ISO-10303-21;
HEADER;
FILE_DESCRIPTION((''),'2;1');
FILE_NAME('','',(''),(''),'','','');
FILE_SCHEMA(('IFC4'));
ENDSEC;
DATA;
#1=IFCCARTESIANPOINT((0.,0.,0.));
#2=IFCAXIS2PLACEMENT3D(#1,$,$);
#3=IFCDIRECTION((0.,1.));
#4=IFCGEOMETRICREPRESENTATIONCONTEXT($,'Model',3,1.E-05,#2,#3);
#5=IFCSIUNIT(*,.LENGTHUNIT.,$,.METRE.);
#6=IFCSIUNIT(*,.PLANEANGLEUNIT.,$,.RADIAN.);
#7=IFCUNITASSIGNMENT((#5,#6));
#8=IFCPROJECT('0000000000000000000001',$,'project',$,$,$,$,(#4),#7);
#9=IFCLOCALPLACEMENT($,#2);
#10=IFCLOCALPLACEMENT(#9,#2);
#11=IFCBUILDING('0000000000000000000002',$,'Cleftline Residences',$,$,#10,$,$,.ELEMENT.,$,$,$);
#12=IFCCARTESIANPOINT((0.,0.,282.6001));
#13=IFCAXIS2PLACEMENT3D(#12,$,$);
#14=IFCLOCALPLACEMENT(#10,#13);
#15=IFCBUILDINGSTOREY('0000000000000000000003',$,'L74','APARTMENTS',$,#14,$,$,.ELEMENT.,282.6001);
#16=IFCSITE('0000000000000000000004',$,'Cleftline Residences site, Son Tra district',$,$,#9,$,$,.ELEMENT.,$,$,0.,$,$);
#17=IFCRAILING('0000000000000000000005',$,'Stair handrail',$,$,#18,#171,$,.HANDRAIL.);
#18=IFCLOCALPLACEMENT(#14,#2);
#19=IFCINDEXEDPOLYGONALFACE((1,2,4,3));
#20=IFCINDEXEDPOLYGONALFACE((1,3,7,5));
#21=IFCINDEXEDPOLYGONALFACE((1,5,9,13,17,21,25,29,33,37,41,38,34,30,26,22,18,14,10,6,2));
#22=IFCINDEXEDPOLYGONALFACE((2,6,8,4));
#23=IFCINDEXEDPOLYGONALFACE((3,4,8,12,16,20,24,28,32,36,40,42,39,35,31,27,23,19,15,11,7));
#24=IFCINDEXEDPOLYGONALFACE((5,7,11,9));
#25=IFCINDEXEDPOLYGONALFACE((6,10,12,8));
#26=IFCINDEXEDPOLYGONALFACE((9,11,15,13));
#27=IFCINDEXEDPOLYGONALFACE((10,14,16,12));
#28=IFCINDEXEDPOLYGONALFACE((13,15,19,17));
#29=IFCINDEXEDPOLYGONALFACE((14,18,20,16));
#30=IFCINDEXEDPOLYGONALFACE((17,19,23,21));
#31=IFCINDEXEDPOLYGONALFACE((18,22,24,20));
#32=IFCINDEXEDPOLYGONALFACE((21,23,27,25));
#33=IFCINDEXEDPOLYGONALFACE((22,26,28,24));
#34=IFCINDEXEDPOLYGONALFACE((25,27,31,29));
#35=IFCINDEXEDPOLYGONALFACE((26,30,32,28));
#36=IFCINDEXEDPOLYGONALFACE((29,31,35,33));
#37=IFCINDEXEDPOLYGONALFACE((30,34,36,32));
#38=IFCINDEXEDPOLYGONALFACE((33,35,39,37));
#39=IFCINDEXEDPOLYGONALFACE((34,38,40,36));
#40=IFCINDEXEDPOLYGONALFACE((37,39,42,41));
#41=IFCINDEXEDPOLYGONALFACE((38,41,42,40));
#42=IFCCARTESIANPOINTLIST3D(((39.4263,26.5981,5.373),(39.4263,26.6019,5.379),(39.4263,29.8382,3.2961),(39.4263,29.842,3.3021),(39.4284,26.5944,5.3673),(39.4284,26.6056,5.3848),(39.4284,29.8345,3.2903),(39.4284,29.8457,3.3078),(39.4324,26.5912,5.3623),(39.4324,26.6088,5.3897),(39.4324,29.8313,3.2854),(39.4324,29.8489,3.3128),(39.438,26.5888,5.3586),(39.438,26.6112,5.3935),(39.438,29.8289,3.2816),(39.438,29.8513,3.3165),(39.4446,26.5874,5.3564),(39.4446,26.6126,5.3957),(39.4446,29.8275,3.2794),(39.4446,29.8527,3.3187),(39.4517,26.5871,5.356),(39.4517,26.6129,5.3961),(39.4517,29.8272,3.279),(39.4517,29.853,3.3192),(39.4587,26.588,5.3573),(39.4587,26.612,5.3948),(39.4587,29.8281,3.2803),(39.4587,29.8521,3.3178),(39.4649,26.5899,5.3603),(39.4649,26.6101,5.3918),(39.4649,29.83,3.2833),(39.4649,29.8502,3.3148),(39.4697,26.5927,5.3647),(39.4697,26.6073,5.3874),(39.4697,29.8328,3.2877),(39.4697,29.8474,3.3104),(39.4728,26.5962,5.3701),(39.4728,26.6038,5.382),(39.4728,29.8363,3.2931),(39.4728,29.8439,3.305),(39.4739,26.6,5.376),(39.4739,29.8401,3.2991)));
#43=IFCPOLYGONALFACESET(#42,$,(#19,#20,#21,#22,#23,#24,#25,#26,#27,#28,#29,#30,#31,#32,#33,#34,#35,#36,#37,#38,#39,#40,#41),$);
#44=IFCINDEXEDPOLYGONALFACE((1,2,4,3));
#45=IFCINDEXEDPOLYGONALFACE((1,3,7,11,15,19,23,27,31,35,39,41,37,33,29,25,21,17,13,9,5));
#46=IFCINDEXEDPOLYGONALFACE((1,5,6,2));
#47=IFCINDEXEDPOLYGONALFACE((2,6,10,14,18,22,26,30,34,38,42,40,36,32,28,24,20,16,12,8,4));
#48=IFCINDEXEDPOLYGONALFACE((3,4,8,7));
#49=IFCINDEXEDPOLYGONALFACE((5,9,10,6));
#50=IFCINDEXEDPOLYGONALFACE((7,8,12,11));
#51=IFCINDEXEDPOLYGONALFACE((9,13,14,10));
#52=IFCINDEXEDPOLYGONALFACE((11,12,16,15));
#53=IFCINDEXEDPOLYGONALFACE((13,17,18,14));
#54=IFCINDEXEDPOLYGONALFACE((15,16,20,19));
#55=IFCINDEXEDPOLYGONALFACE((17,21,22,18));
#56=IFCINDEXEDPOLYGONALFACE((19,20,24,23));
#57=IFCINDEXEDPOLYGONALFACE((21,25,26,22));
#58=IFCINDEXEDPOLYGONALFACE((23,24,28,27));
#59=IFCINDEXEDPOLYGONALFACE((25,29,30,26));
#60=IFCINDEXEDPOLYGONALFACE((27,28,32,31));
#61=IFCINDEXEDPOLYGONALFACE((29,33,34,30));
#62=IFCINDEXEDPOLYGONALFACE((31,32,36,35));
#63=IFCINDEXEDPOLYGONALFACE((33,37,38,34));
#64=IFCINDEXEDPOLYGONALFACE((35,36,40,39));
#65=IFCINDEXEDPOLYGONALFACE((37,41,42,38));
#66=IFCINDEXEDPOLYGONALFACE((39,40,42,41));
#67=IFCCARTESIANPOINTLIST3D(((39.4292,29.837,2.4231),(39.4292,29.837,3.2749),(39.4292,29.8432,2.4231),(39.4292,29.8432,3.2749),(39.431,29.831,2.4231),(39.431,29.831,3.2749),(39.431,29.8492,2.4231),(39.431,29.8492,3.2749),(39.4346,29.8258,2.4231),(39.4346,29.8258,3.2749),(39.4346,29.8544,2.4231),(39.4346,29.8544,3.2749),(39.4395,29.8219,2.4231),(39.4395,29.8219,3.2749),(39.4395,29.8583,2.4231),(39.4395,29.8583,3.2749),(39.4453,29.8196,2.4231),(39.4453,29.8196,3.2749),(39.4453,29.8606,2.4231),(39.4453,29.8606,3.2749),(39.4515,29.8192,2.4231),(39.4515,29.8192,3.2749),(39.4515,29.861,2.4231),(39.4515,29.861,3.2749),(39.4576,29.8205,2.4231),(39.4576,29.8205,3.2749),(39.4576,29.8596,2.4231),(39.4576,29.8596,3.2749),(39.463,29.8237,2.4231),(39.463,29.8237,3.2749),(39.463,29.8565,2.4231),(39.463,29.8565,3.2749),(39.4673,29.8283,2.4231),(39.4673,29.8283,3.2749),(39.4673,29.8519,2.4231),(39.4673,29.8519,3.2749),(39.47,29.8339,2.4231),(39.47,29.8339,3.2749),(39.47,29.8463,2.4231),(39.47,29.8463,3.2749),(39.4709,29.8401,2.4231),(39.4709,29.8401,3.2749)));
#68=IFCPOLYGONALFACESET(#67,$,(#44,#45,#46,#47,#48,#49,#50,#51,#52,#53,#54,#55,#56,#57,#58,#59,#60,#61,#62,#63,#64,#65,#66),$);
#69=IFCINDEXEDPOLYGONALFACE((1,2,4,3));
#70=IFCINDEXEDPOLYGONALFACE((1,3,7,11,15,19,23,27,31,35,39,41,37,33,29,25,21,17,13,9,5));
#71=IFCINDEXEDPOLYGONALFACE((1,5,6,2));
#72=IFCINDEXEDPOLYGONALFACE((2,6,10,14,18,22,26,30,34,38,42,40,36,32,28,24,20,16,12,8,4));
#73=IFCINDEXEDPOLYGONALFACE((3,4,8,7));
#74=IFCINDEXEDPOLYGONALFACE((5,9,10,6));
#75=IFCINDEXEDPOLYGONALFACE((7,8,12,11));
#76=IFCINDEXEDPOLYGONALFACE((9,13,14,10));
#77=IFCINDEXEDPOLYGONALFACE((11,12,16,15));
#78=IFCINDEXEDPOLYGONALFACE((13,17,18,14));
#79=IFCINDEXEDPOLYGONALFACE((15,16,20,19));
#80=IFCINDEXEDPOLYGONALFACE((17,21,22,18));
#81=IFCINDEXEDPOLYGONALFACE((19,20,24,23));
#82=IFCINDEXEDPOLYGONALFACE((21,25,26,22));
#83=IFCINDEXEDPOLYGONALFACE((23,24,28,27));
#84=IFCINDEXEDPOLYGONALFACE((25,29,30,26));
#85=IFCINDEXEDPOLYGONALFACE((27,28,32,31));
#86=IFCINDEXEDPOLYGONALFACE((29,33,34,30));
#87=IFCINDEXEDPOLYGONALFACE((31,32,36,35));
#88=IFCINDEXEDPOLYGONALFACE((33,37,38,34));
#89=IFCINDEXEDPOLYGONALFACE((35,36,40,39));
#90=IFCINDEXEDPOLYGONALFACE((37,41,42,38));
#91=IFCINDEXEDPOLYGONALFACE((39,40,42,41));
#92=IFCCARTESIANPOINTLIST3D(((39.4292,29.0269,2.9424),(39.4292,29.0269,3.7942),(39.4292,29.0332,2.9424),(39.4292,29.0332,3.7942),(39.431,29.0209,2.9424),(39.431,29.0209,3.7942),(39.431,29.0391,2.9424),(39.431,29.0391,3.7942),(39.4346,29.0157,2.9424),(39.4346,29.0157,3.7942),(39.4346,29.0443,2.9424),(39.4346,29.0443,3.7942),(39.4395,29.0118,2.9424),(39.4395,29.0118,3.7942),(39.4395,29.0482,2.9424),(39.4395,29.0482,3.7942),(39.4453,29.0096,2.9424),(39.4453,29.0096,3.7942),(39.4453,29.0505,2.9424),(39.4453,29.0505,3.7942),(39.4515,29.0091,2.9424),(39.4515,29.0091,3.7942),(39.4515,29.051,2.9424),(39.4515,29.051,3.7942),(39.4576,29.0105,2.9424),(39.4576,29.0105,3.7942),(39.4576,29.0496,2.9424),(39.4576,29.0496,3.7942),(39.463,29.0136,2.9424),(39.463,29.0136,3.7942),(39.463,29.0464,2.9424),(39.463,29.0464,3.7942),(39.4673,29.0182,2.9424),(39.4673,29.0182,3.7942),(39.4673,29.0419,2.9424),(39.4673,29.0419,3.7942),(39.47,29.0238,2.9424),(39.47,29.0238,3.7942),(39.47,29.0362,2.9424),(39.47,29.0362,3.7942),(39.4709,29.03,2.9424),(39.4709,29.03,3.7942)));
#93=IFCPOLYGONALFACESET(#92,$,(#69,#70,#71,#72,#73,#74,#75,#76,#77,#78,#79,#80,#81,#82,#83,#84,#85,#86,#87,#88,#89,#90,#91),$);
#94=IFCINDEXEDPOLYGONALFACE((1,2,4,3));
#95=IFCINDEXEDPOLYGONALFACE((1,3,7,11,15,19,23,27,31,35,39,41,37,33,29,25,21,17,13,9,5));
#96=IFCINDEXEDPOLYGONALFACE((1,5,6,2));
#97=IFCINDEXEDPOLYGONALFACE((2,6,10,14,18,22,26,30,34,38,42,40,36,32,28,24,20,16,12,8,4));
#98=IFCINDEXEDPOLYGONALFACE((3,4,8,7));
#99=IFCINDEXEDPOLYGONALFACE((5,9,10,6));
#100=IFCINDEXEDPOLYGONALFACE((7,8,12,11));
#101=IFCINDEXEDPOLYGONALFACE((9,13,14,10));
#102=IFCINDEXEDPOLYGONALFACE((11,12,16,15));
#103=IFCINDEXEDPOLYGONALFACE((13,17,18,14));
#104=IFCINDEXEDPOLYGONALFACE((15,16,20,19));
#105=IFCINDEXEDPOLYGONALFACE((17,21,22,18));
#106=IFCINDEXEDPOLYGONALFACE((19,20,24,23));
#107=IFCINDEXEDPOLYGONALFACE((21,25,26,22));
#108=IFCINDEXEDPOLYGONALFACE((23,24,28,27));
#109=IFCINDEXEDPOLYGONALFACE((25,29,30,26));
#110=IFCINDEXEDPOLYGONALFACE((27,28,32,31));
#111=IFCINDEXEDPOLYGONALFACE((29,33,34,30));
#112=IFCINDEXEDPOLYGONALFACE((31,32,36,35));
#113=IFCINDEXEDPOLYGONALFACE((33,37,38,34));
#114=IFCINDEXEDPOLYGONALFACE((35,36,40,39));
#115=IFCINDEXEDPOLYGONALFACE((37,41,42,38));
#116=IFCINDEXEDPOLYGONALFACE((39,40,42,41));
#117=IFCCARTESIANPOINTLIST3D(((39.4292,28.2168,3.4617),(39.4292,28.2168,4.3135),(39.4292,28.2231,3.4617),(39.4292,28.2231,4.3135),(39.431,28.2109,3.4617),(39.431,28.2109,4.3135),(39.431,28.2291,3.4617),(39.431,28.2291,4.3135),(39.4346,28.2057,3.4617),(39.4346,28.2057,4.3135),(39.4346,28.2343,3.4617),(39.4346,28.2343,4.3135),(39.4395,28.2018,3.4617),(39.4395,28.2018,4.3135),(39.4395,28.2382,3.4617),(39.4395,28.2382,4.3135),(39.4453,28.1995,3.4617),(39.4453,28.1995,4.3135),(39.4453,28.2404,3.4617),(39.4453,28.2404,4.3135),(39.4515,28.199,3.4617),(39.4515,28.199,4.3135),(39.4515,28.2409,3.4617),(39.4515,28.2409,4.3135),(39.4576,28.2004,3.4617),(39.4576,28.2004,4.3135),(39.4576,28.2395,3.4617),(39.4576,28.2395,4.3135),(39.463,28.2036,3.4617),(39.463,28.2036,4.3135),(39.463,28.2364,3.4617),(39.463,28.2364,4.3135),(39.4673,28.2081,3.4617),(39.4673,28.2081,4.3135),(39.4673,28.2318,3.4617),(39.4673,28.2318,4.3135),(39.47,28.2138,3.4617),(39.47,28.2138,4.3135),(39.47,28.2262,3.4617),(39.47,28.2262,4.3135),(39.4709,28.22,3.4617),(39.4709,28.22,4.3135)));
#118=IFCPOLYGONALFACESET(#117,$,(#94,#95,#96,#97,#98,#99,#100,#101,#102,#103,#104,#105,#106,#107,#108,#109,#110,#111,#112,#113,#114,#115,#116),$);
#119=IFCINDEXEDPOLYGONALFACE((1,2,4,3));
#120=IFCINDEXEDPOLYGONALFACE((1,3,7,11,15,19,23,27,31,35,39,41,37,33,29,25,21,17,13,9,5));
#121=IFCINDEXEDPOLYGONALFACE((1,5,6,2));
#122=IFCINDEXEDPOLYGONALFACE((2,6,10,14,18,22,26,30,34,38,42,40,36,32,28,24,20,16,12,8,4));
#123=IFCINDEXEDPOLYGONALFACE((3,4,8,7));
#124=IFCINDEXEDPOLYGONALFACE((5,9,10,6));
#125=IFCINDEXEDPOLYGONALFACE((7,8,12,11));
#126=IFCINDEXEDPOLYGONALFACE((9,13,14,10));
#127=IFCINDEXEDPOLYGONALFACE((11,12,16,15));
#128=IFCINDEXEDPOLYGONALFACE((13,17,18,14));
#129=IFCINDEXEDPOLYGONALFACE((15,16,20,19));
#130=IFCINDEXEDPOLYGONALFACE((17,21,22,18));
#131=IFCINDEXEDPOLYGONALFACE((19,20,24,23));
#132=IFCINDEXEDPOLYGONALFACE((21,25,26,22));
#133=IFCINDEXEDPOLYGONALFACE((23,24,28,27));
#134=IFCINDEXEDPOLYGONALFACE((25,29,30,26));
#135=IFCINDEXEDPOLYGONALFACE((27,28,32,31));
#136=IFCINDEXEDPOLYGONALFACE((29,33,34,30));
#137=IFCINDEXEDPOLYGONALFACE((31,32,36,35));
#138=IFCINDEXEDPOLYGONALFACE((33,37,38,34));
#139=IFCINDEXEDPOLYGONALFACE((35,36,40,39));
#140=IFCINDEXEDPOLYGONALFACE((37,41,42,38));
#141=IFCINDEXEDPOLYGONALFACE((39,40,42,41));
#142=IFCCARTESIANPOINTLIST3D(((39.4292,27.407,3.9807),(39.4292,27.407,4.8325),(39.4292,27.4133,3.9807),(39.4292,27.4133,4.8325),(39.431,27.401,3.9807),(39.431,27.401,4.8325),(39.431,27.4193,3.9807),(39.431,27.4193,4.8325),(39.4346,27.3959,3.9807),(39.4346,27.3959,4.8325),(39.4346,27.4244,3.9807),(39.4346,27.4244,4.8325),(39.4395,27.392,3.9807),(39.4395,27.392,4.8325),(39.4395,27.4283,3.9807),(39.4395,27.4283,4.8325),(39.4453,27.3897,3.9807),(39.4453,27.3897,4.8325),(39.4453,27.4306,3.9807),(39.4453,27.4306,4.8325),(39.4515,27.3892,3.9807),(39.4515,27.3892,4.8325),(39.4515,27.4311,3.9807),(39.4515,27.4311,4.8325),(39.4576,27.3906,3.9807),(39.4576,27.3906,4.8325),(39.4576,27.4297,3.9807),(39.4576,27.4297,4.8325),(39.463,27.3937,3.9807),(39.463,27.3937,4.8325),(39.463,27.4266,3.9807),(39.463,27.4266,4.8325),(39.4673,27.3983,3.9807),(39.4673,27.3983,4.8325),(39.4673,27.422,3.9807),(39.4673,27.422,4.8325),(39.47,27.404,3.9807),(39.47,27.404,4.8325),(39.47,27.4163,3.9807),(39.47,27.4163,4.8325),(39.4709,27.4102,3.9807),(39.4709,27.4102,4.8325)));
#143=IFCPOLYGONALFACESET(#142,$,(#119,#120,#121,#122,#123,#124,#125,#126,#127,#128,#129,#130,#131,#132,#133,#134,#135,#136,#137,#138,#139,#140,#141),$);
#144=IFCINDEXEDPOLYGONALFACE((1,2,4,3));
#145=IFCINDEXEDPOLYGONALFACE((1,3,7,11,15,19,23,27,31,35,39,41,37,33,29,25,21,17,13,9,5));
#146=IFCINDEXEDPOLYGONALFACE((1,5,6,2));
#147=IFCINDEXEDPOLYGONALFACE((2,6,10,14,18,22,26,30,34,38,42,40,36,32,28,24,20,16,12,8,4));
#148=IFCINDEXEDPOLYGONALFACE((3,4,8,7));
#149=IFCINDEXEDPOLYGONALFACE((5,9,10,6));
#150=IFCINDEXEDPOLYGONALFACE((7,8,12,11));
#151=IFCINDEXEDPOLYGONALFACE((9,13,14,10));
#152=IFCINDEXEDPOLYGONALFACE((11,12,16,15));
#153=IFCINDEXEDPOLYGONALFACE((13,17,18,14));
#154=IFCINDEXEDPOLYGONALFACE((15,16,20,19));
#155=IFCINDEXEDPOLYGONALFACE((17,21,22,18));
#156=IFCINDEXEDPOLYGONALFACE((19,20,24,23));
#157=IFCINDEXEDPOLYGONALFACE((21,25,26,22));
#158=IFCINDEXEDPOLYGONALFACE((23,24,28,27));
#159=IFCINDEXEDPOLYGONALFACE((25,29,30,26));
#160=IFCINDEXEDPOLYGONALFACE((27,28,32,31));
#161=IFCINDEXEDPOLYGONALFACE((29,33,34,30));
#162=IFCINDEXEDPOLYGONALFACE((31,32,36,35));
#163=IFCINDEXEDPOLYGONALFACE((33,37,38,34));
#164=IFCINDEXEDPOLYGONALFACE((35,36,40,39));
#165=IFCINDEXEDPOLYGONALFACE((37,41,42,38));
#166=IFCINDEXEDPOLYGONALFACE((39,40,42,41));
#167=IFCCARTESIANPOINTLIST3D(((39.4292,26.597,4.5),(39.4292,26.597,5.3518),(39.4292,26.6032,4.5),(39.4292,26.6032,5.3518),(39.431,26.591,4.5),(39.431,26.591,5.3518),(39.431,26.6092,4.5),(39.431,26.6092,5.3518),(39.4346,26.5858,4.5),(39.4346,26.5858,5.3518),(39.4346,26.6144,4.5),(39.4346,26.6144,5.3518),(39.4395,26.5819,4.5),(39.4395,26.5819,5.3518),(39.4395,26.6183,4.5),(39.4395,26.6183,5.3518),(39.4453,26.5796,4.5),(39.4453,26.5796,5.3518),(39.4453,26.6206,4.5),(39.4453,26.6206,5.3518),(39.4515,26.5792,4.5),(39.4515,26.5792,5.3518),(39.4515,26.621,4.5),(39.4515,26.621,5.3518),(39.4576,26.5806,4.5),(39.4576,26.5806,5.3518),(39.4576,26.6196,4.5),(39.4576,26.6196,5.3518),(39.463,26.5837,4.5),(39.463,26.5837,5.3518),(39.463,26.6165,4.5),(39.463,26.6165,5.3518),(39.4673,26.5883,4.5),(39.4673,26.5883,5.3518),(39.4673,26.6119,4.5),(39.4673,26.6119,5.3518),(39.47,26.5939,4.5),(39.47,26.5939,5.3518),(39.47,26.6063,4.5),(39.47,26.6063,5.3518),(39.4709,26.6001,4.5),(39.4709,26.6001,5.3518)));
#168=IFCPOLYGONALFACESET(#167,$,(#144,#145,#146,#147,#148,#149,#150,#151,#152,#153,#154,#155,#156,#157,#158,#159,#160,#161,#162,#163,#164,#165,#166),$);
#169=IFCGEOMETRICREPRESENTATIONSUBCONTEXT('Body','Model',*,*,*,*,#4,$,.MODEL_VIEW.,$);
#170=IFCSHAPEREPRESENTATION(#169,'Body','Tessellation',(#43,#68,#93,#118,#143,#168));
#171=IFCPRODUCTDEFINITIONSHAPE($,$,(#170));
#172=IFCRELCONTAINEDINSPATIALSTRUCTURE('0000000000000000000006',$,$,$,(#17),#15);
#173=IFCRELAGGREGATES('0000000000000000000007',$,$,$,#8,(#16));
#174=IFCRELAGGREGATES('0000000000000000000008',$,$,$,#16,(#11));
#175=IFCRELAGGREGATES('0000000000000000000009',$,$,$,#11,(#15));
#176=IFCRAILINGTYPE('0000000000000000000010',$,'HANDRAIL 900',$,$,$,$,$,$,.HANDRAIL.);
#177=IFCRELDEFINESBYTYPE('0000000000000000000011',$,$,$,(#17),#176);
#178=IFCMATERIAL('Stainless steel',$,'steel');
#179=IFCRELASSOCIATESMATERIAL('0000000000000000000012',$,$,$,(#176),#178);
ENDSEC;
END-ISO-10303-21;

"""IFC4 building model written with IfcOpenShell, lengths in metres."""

from ifc_helpers import new_model, si_unit, direction, frame, origin, origin_2d, place, context, subcontext, project, spatial, circle, extrude, material, type_object, element, save


model = new_model("IFC4")

# Units and contexts
model_context = context("Model", 3, precision=1e-05, world=origin(), true_north=direction((0.0, 1.0)))
body_context = subcontext(model_context, "Body", "Model", "MODEL_VIEW")
ifc_project = project(units=[si_unit("LENGTHUNIT", "METRE"), si_unit("PLANEANGLEUNIT", "RADIAN")], contexts=[model_context])

# Site, building, storey
site_placement = place(None, origin())
site = spatial("IfcSite", under=ifc_project, at=site_placement, Name="Cleftline Residences site, Son Tra district", CompositionType="ELEMENT", RefElevation=0.0)
building_placement = place(site_placement, origin())
building = spatial("IfcBuilding", under=site, at=building_placement, Name="Cleftline Residences", CompositionType="ELEMENT")
storey_placement = place(building_placement, frame((0.0, 0.0, 282.6001)))
storey = spatial("IfcBuildingStorey", under=building, at=storey_placement, Name="L74", Description="APARTMENTS", CompositionType="ELEMENT", Elevation=282.6001)

# Railing
ifc_material_1 = material(Name="Stainless steel", Category="steel")
railing_type = type_object("IfcRailingType", Name="HANDRAIL 900", PredefinedType="HANDRAIL", material=ifc_material_1)
railing_1_placement = place(storey_placement, frame((39.45, 29.8401, 2.4231)))
element("IfcRailing", 1, at=railing_1_placement, inside=storey, type_object=railing_type, Name="Stair handrail", PredefinedType="HANDRAIL", context=body_context, shape_type="SweptSolid", body=[
    extrude(circle(Radius=0.0239, at=origin_2d()), frame((0.0, 0.0, 0.876), z_axis=(0.0, -0.841881, 0.539664), x_axis=(1.0, 0.0, 0.0)), (0.0, 0.0, 1.0), 3.8486),
    extrude(circle(Radius=0.021, at=origin_2d()), origin(), (0.0, 0.0, 1.0), 0.8518),
    extrude(circle(Radius=0.021, at=origin_2d()), frame((0.0, -0.8101, 0.5193)), (0.0, 0.0, 1.0), 0.8518),
    extrude(circle(Radius=0.021, at=origin_2d()), frame((0.0, -1.6201, 1.0386)), (0.0, 0.0, 1.0), 0.8518),
    extrude(circle(Radius=0.021, at=origin_2d()), frame((0.0, -2.4299, 1.5576)), (0.0, 0.0, 1.0), 0.8518),
    extrude(circle(Radius=0.021, at=origin_2d()), frame((0.0, -3.24, 2.0769)), (0.0, 0.0, 1.0), 0.8518),
])

save(model, "model.ifc")
